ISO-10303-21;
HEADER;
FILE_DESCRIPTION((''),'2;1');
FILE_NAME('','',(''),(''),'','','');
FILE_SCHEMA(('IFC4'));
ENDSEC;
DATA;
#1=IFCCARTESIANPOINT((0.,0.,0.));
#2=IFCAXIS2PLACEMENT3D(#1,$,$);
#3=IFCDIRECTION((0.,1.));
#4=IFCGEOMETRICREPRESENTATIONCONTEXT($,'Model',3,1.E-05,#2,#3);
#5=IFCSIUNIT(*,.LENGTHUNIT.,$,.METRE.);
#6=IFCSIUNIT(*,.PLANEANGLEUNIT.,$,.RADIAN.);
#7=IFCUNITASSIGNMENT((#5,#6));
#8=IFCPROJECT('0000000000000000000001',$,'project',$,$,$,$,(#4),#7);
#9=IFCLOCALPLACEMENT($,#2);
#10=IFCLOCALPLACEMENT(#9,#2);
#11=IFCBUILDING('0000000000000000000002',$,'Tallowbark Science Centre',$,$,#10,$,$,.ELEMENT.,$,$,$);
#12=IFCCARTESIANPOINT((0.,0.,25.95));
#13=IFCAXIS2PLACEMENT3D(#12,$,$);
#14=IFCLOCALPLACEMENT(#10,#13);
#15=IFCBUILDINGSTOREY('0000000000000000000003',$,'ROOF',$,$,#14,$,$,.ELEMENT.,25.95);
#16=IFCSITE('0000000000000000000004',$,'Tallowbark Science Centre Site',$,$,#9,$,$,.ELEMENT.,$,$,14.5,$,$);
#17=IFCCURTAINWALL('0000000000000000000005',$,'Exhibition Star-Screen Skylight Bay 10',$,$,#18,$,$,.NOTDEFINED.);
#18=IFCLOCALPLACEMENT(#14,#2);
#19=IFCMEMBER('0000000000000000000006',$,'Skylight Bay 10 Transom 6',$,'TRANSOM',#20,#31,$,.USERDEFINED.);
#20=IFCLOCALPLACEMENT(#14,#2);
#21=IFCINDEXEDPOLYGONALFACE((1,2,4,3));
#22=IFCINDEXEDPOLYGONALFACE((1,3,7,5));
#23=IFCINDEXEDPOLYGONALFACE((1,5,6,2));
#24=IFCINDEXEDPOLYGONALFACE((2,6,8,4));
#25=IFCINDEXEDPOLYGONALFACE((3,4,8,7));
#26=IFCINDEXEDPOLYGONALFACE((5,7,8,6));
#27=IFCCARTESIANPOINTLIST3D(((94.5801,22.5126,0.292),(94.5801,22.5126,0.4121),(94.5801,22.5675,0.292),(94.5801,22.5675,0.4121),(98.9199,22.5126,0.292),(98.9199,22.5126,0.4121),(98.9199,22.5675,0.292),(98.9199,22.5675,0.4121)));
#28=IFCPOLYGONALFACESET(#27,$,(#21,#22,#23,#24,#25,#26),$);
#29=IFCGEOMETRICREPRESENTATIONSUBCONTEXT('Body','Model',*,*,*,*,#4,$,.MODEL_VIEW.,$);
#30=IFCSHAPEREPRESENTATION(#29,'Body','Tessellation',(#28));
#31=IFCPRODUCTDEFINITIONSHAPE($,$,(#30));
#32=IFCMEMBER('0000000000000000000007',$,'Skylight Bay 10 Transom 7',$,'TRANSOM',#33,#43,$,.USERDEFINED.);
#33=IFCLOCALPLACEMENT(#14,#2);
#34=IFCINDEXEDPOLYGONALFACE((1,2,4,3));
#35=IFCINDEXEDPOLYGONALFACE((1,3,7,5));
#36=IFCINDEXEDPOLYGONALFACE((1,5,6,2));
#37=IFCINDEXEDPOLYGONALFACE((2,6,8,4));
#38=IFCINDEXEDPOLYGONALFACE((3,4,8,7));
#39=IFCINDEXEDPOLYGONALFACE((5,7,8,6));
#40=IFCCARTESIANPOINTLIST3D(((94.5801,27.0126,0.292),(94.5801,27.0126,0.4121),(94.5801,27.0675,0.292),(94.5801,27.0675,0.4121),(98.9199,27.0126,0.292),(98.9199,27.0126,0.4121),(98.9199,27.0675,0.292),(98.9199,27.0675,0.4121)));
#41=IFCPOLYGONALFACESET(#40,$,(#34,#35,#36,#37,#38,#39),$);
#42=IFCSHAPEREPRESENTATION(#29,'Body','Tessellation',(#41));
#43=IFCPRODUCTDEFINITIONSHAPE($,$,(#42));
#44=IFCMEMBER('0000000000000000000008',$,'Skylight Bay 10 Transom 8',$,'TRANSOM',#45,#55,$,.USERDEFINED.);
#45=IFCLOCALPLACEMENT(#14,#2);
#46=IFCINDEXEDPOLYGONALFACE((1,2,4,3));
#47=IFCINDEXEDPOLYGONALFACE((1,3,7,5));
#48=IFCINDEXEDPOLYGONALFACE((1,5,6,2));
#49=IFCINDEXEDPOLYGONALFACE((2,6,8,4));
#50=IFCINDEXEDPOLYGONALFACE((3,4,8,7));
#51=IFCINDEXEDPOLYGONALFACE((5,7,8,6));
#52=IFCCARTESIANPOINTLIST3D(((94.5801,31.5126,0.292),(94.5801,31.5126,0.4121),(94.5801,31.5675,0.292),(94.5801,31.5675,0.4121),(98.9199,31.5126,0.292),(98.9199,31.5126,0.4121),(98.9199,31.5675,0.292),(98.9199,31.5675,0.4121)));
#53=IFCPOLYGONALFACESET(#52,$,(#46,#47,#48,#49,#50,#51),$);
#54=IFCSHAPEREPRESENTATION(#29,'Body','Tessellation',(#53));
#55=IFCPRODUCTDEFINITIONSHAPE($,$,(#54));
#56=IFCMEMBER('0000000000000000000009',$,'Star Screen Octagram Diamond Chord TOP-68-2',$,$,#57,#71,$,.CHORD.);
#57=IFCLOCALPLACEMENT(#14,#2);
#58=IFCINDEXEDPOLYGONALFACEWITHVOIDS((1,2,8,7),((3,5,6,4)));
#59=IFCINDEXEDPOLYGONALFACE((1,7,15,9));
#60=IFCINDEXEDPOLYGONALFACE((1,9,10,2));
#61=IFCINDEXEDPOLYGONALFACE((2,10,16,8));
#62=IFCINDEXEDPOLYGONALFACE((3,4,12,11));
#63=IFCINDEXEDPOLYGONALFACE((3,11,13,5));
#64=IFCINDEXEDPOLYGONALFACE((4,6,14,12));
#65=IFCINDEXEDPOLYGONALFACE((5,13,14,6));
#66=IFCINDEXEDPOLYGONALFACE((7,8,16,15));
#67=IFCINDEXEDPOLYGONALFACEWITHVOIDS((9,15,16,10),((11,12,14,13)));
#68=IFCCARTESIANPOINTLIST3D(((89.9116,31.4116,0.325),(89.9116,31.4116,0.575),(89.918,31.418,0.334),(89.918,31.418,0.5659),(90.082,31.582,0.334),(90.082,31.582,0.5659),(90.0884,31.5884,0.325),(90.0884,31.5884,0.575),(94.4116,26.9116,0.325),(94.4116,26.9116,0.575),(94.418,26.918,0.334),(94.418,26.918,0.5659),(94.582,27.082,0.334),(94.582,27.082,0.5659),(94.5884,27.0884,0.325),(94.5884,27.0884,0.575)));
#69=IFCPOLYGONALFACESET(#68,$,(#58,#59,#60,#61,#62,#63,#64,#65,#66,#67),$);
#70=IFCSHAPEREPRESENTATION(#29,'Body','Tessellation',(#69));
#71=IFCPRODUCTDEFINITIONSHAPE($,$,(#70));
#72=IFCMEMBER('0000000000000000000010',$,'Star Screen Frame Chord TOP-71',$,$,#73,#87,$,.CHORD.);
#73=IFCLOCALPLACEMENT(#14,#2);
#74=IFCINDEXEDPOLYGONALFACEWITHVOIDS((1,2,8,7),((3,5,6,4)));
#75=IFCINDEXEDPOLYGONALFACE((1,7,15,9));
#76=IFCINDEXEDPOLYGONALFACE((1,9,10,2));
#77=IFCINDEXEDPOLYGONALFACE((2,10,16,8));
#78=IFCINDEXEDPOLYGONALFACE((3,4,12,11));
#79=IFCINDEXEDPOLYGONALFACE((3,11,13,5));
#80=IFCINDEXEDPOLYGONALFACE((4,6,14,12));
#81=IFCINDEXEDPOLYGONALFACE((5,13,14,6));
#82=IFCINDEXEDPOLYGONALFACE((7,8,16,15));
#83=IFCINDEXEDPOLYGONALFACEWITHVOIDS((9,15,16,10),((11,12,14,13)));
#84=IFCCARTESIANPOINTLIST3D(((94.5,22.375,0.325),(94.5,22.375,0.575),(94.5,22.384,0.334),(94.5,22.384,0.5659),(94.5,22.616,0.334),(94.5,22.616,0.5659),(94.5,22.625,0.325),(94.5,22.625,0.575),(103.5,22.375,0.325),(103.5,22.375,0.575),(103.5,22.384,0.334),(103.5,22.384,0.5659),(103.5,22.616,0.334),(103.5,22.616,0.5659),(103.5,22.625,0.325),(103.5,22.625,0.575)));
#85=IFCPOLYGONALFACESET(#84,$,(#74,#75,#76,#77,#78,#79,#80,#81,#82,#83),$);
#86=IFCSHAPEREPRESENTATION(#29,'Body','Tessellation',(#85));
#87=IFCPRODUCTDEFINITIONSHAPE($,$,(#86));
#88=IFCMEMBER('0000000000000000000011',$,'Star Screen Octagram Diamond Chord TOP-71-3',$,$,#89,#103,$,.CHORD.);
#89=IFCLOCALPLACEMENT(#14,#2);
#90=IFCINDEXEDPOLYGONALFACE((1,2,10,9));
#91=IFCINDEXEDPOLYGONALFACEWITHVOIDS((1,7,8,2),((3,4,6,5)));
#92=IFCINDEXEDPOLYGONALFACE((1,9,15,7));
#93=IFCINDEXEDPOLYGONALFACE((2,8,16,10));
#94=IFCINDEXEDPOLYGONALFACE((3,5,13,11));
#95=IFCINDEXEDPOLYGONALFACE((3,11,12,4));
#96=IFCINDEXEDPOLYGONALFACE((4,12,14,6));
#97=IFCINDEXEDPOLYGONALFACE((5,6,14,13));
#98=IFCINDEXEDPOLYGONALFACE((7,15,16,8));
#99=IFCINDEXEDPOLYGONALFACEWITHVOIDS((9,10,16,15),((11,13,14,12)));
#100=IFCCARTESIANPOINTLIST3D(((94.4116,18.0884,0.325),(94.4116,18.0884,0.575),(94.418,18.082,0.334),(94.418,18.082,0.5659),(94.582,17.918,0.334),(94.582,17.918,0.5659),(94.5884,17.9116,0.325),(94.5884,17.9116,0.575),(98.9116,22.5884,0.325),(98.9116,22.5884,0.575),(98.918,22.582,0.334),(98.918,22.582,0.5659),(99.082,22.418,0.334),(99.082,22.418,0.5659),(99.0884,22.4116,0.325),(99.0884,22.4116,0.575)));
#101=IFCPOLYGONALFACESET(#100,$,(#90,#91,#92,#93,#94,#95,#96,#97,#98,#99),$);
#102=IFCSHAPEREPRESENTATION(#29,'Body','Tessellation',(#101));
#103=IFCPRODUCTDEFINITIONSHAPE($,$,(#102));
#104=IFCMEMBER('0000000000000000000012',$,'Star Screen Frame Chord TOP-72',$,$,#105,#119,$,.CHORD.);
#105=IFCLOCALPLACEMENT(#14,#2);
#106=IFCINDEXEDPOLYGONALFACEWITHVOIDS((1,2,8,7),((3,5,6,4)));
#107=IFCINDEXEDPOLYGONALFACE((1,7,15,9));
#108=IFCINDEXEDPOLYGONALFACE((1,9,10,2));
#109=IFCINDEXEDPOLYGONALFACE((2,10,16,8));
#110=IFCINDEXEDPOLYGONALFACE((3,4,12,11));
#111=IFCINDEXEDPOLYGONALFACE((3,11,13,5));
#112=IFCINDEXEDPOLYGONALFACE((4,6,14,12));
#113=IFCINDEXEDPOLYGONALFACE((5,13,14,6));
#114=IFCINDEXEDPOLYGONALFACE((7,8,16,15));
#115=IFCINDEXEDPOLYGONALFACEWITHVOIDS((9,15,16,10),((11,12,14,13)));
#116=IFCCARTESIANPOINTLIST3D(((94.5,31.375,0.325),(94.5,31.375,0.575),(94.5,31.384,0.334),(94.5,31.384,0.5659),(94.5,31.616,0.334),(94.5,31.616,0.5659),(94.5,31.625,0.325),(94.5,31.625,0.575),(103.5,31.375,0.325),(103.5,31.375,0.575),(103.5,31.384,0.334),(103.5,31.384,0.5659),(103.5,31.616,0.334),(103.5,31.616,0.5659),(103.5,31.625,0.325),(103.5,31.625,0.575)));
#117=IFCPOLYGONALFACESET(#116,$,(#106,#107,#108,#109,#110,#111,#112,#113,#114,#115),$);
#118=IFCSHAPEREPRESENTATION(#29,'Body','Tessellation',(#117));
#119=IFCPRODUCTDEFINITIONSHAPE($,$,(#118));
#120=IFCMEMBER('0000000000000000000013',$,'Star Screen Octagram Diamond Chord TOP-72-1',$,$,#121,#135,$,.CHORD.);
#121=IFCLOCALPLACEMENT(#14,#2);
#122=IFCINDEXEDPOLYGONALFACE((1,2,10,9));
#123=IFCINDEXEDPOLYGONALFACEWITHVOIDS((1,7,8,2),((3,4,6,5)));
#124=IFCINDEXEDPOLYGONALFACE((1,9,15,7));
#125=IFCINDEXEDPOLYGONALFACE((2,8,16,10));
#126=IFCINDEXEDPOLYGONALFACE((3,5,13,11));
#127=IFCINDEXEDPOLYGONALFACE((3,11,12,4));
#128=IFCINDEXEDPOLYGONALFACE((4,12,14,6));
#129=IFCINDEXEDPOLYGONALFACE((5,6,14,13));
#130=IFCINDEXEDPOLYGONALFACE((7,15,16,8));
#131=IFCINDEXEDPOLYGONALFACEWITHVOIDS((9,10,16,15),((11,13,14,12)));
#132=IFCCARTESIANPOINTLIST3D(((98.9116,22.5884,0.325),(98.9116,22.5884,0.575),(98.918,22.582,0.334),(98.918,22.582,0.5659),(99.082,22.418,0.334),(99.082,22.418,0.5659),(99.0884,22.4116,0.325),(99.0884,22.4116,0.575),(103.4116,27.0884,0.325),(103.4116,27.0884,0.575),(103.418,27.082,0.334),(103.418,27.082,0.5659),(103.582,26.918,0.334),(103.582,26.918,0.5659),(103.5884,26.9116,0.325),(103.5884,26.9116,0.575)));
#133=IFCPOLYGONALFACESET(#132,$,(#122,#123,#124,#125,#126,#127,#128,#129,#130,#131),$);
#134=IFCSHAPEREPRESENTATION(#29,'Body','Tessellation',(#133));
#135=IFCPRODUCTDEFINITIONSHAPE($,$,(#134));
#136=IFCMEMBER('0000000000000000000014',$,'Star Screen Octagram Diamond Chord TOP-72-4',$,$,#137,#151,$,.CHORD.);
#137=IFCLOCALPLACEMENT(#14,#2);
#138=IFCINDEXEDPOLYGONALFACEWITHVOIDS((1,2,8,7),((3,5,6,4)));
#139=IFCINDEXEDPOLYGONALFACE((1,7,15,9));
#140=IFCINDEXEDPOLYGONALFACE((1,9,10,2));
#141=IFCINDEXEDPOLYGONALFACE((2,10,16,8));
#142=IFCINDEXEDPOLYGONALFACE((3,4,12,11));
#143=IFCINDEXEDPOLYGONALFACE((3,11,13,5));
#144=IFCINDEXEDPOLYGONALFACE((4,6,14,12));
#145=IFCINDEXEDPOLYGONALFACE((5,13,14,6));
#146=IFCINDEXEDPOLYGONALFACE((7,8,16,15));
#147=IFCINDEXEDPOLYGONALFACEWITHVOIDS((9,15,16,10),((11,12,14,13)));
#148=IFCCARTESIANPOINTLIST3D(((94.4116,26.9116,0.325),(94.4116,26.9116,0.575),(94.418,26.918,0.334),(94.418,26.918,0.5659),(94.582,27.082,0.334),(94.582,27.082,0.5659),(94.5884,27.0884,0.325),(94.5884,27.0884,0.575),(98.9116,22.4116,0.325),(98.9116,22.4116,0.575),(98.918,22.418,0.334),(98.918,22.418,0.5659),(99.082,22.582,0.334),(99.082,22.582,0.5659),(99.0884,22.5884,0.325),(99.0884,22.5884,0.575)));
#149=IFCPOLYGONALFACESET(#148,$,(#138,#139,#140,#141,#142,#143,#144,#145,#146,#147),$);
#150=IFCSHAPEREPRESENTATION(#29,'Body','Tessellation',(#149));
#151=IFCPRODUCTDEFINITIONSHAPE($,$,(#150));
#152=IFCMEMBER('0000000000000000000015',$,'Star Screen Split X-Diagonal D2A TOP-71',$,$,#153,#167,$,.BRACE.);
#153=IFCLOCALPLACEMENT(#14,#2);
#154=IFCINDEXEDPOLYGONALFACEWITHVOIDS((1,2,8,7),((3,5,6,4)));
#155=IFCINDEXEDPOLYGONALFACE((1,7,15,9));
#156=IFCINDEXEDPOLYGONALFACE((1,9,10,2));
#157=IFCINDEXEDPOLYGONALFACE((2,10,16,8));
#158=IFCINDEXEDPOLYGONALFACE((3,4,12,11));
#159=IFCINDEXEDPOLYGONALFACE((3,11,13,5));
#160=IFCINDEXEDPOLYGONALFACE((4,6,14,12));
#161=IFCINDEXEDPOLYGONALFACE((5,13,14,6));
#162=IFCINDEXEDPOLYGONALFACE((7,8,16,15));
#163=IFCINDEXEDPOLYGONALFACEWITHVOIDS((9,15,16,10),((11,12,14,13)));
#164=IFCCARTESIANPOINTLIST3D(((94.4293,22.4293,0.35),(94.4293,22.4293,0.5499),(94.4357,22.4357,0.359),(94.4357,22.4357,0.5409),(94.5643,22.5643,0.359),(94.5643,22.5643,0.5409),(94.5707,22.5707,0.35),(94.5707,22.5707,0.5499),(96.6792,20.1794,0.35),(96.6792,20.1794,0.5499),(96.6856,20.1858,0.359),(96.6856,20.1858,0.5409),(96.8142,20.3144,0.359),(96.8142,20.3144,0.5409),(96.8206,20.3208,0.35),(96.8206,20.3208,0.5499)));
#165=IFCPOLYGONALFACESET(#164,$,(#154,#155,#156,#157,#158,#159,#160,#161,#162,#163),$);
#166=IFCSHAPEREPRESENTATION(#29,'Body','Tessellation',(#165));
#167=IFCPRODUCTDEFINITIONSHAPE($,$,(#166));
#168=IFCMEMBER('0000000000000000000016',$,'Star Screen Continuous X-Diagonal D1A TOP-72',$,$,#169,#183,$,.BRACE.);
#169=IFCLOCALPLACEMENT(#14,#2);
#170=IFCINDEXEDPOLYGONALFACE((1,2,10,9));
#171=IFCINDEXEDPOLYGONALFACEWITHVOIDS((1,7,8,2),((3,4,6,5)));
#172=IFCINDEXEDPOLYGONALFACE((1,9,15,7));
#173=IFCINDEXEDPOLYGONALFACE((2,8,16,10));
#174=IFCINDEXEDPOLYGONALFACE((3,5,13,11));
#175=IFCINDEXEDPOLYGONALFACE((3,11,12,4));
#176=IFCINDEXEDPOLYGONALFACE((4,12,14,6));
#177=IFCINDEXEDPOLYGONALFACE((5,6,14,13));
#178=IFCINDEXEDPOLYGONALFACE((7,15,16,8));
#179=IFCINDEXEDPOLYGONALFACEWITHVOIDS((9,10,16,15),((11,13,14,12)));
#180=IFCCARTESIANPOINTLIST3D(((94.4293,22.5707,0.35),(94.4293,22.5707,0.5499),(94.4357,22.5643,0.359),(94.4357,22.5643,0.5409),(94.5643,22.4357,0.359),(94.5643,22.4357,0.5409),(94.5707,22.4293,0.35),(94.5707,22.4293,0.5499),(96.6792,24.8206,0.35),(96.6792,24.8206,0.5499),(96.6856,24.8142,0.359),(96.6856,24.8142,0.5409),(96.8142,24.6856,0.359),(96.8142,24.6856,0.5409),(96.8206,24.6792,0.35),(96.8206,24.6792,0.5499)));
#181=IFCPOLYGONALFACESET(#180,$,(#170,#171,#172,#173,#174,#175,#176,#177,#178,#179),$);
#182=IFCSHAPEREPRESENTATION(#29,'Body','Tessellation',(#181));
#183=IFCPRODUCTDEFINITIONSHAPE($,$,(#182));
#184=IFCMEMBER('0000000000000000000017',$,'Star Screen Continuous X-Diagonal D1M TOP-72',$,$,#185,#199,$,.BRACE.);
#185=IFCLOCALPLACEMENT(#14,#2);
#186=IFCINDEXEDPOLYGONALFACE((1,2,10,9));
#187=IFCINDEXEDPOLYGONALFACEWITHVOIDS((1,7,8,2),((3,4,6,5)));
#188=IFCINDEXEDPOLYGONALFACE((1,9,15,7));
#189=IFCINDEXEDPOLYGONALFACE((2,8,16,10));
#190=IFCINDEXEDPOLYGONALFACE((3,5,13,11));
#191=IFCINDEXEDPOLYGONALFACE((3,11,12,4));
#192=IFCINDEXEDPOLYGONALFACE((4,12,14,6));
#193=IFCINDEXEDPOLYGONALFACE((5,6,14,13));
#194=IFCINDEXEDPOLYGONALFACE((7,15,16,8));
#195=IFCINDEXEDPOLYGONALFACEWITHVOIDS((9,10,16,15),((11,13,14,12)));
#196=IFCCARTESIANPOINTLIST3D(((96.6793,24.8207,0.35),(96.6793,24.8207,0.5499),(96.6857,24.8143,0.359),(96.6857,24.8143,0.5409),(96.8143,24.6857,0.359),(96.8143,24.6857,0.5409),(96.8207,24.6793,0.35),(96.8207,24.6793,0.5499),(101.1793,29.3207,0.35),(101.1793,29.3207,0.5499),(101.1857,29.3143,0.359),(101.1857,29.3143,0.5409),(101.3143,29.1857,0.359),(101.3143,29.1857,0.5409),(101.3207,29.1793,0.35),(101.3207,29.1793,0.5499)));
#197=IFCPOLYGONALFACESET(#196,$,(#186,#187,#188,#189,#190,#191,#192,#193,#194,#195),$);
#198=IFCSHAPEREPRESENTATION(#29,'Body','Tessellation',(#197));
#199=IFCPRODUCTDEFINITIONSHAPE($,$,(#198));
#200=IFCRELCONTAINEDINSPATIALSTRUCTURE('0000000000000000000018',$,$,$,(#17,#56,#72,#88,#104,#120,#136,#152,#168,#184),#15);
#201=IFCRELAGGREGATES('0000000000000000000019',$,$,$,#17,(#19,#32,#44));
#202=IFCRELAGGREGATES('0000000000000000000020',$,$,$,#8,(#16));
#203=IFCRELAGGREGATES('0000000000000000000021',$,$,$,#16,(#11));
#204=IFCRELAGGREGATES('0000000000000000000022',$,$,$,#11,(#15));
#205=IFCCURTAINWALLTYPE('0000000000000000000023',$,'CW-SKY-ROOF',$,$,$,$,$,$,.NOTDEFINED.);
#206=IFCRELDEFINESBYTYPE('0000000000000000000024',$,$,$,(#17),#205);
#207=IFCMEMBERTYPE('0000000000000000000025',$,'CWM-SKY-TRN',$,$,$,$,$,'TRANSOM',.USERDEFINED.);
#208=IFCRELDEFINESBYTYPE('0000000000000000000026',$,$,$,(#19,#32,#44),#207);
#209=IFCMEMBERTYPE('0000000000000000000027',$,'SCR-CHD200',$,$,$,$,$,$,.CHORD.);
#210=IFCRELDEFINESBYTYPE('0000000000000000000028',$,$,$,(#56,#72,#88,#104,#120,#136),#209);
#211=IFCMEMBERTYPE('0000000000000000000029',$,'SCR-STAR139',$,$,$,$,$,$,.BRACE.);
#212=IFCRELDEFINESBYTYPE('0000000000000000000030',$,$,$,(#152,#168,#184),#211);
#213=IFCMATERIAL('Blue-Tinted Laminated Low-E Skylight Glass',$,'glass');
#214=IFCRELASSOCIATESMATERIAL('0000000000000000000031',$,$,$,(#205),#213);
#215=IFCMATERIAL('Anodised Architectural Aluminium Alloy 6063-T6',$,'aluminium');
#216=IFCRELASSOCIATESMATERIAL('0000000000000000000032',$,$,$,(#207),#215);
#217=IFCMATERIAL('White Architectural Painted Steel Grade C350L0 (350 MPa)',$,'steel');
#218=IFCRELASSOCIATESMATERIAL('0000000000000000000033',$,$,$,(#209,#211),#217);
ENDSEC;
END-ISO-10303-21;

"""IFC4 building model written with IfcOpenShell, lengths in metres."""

from ifc_helpers import new_model, si_unit, direction, frame, origin, origin_2d, place, context, subcontext, project, spatial, rectangle, hollow_rectangle, extrude, material, material_profile, profile_set, type_object, element, aggregate, save


model = new_model("IFC4")

# Units and contexts
model_context = context("Model", 3, precision=1e-05, world=origin(), true_north=direction((0.0, 1.0)))
body_context = subcontext(model_context, "Body", "Model", "MODEL_VIEW")
ifc_project = project(units=[si_unit("LENGTHUNIT", "METRE"), si_unit("PLANEANGLEUNIT", "RADIAN")], contexts=[model_context])

# Site, building, storey
site_placement = place(None, origin())
site = spatial("IfcSite", under=ifc_project, at=site_placement, Name="Tallowbark Science Centre Site", CompositionType="ELEMENT", RefElevation=14.5)
building_placement = place(site_placement, origin())
building = spatial("IfcBuilding", under=site, at=building_placement, Name="Tallowbark Science Centre", CompositionType="ELEMENT")
storey_placement = place(building_placement, frame((0.0, 0.0, 25.95)))
storey = spatial("IfcBuildingStorey", under=building, at=storey_placement, Name="ROOF", CompositionType="ELEMENT", Elevation=25.95)

# Curtain wall, members
ifc_material_1 = material(Name="Blue-Tinted Laminated Low-E Skylight Glass", Category="glass")
curtain_wall_type = type_object("IfcCurtainWallType", Name="CW-SKY-ROOF", PredefinedType="NOTDEFINED", material=ifc_material_1)
curtain_wall_placement = place(storey_placement, origin())
curtain_wall = element("IfcCurtainWall", 1, at=curtain_wall_placement, inside=storey, type_object=curtain_wall_type, Name="Exhibition Star-Screen Skylight Bay 10", PredefinedType="NOTDEFINED")
ifc_material_2 = material(Name="Anodised Architectural Aluminium Alloy 6063-T6", Category="aluminium")
ifc_material_profile_1 = material_profile(ifc_material_2, rectangle(XDim=0.0549, YDim=0.1201, at=origin_2d()), Name="ALU55x120")
ifc_profile_set_1 = profile_set([ifc_material_profile_1], Name="Anodised Architectural Aluminium Alloy 6063-T6")
member_type_1 = type_object("IfcMemberType", Name="CWM-SKY-TRN", ElementType="TRANSOM", PredefinedType="USERDEFINED", material=ifc_profile_set_1)
member_1_placement = place(storey_placement, frame((94.5801, 22.54, 0.3521), z_axis=(1.0, 0.0, 0.0), x_axis=(0.0, 1.0, 0.0)))
member_1 = element("IfcMember", 2, at=member_1_placement, type_object=member_type_1, Name="Skylight Bay 10 Transom 6", ObjectType="TRANSOM", PredefinedType="USERDEFINED", context=body_context, shape_type="SweptSolid", body=[
    extrude(rectangle(XDim=0.0549, YDim=0.1201, at=origin_2d()), origin(), (0.0, 0.0, 1.0), 4.3398),
])
member_2_placement = place(storey_placement, frame((94.5801, 27.04, 0.3521), z_axis=(1.0, 0.0, 0.0), x_axis=(0.0, 1.0, 0.0)))
member_2 = element("IfcMember", 3, at=member_2_placement, type_object=member_type_1, Name="Skylight Bay 10 Transom 7", ObjectType="TRANSOM", PredefinedType="USERDEFINED", context=body_context, shape_type="SweptSolid", body=[
    extrude(rectangle(XDim=0.0549, YDim=0.1201, at=origin_2d()), origin(), (0.0, 0.0, 1.0), 4.3398),
])
member_3_placement = place(storey_placement, frame((94.5801, 31.54, 0.3521), z_axis=(1.0, 0.0, 0.0), x_axis=(0.0, 1.0, 0.0)))
member_3 = element("IfcMember", 4, at=member_3_placement, type_object=member_type_1, Name="Skylight Bay 10 Transom 8", ObjectType="TRANSOM", PredefinedType="USERDEFINED", context=body_context, shape_type="SweptSolid", body=[
    extrude(rectangle(XDim=0.0549, YDim=0.1201, at=origin_2d()), origin(), (0.0, 0.0, 1.0), 4.3398),
])

# Members
ifc_material_3 = material(Name="White Architectural Painted Steel Grade C350L0 (350 MPa)", Category="steel")
ifc_material_profile_2 = material_profile(ifc_material_3, hollow_rectangle(XDim=0.25, YDim=0.25, WallThickness=0.009, at=origin_2d()), Name="250x250x9.0SHS")
ifc_profile_set_2 = profile_set([ifc_material_profile_2], Name="White Architectural Painted Steel Grade C350L0 (350 MPa)")
member_type_2 = type_object("IfcMemberType", Name="SCR-CHD200", PredefinedType="CHORD", material=ifc_profile_set_2)
member_4_placement = place(storey_placement, frame((94.5, 27.0, 0.45), z_axis=(-0.707107, 0.707107, 0.0), x_axis=(-0.707107, -0.707107, 0.0)))
element("IfcMember", 5, at=member_4_placement, inside=storey, type_object=member_type_2, Name="Star Screen Octagram Diamond Chord TOP-68-2", PredefinedType="CHORD", context=body_context, shape_type="SweptSolid", body=[
    extrude(hollow_rectangle(XDim=0.25, YDim=0.25, WallThickness=0.009, at=origin_2d()), origin(), (0.0, 0.0, 1.0), 6.364),
])
member_5_placement = place(storey_placement, frame((94.5, 22.5, 0.45), z_axis=(1.0, 0.0, 0.0), x_axis=(0.0, 1.0, 0.0)))
element("IfcMember", 6, at=member_5_placement, inside=storey, type_object=member_type_2, Name="Star Screen Frame Chord TOP-71", PredefinedType="CHORD", context=body_context, shape_type="SweptSolid", body=[
    extrude(hollow_rectangle(XDim=0.25, YDim=0.25, WallThickness=0.009, at=origin_2d()), origin(), (0.0, 0.0, 1.0), 9.0),
])
member_6_placement = place(storey_placement, frame((99.0, 22.5, 0.45), z_axis=(-0.707107, -0.707107, 0.0), x_axis=(0.707107, -0.707107, 0.0)))
element("IfcMember", 7, at=member_6_placement, inside=storey, type_object=member_type_2, Name="Star Screen Octagram Diamond Chord TOP-71-3", PredefinedType="CHORD", context=body_context, shape_type="SweptSolid", body=[
    extrude(hollow_rectangle(XDim=0.25, YDim=0.25, WallThickness=0.009, at=origin_2d()), origin(), (0.0, 0.0, 1.0), 6.364),
])
member_7_placement = place(storey_placement, frame((94.5, 31.5, 0.45), z_axis=(1.0, 0.0, 0.0), x_axis=(0.0, 1.0, 0.0)))
element("IfcMember", 8, at=member_7_placement, inside=storey, type_object=member_type_2, Name="Star Screen Frame Chord TOP-72", PredefinedType="CHORD", context=body_context, shape_type="SweptSolid", body=[
    extrude(hollow_rectangle(XDim=0.25, YDim=0.25, WallThickness=0.009, at=origin_2d()), origin(), (0.0, 0.0, 1.0), 9.0),
])
for number, where, z_axis, x_axis, name in (
    (9, (99.0, 22.5, 0.45), (0.707107, 0.707107, 0.0), (-0.707107, 0.707107, 0.0), "Star Screen Octagram Diamond Chord TOP-72-1"),
    (10, (94.5, 27.0, 0.45), (0.707107, -0.707107, 0.0), (0.707107, 0.707107, 0.0), "Star Screen Octagram Diamond Chord TOP-72-4"),
):
    element("IfcMember", number, at=place(storey_placement, frame(where, z_axis=z_axis, x_axis=x_axis)), inside=storey, type_object=member_type_2, Name=name, PredefinedType="CHORD", context=body_context, shape_type="SweptSolid", body=[
        extrude(hollow_rectangle(XDim=0.25, YDim=0.25, WallThickness=0.009, at=origin_2d()), origin(), (0.0, 0.0, 1.0), 6.364),
    ])
ifc_material_profile_3 = material_profile(ifc_material_3, hollow_rectangle(XDim=0.2, YDim=0.2, WallThickness=0.009, at=origin_2d()), Name="200x200x9.0SHS")
ifc_profile_set_3 = profile_set([ifc_material_profile_3], Name="White Architectural Painted Steel Grade C350L0 (350 MPa)")
member_type_3 = type_object("IfcMemberType", Name="SCR-STAR139", PredefinedType="BRACE", material=ifc_profile_set_3)
for number, where, z_axis, x_axis, name in (
    (11, (94.5, 22.5, 0.45), (0.707107, -0.707107, 0.0), (0.707107, 0.707107, 0.0), "Star Screen Split X-Diagonal D2A TOP-71"),
    (12, (94.5, 22.5, 0.45), (0.707107, 0.707107, 0.0), (-0.707107, 0.707107, 0.0), "Star Screen Continuous X-Diagonal D1A TOP-72"),
):
    element("IfcMember", number, at=place(storey_placement, frame(where, z_axis=z_axis, x_axis=x_axis)), inside=storey, type_object=member_type_3, Name=name, PredefinedType="BRACE", context=body_context, shape_type="SweptSolid", body=[
        extrude(hollow_rectangle(XDim=0.2, YDim=0.2, WallThickness=0.009, at=origin_2d()), origin(), (0.0, 0.0, 1.0), 3.1819),
    ])
member_8_placement = place(storey_placement, frame((96.75, 24.75, 0.45), z_axis=(0.707107, 0.707107, 0.0), x_axis=(-0.707107, 0.707107, 0.0)))
element("IfcMember", 13, at=member_8_placement, inside=storey, type_object=member_type_3, Name="Star Screen Continuous X-Diagonal D1M TOP-72", PredefinedType="BRACE", context=body_context, shape_type="SweptSolid", body=[
    extrude(hollow_rectangle(XDim=0.2, YDim=0.2, WallThickness=0.009, at=origin_2d()), origin(), (0.0, 0.0, 1.0), 6.364),
])

aggregate(curtain_wall, [member_1, member_2, member_3])

save(model, "model.ifc")
